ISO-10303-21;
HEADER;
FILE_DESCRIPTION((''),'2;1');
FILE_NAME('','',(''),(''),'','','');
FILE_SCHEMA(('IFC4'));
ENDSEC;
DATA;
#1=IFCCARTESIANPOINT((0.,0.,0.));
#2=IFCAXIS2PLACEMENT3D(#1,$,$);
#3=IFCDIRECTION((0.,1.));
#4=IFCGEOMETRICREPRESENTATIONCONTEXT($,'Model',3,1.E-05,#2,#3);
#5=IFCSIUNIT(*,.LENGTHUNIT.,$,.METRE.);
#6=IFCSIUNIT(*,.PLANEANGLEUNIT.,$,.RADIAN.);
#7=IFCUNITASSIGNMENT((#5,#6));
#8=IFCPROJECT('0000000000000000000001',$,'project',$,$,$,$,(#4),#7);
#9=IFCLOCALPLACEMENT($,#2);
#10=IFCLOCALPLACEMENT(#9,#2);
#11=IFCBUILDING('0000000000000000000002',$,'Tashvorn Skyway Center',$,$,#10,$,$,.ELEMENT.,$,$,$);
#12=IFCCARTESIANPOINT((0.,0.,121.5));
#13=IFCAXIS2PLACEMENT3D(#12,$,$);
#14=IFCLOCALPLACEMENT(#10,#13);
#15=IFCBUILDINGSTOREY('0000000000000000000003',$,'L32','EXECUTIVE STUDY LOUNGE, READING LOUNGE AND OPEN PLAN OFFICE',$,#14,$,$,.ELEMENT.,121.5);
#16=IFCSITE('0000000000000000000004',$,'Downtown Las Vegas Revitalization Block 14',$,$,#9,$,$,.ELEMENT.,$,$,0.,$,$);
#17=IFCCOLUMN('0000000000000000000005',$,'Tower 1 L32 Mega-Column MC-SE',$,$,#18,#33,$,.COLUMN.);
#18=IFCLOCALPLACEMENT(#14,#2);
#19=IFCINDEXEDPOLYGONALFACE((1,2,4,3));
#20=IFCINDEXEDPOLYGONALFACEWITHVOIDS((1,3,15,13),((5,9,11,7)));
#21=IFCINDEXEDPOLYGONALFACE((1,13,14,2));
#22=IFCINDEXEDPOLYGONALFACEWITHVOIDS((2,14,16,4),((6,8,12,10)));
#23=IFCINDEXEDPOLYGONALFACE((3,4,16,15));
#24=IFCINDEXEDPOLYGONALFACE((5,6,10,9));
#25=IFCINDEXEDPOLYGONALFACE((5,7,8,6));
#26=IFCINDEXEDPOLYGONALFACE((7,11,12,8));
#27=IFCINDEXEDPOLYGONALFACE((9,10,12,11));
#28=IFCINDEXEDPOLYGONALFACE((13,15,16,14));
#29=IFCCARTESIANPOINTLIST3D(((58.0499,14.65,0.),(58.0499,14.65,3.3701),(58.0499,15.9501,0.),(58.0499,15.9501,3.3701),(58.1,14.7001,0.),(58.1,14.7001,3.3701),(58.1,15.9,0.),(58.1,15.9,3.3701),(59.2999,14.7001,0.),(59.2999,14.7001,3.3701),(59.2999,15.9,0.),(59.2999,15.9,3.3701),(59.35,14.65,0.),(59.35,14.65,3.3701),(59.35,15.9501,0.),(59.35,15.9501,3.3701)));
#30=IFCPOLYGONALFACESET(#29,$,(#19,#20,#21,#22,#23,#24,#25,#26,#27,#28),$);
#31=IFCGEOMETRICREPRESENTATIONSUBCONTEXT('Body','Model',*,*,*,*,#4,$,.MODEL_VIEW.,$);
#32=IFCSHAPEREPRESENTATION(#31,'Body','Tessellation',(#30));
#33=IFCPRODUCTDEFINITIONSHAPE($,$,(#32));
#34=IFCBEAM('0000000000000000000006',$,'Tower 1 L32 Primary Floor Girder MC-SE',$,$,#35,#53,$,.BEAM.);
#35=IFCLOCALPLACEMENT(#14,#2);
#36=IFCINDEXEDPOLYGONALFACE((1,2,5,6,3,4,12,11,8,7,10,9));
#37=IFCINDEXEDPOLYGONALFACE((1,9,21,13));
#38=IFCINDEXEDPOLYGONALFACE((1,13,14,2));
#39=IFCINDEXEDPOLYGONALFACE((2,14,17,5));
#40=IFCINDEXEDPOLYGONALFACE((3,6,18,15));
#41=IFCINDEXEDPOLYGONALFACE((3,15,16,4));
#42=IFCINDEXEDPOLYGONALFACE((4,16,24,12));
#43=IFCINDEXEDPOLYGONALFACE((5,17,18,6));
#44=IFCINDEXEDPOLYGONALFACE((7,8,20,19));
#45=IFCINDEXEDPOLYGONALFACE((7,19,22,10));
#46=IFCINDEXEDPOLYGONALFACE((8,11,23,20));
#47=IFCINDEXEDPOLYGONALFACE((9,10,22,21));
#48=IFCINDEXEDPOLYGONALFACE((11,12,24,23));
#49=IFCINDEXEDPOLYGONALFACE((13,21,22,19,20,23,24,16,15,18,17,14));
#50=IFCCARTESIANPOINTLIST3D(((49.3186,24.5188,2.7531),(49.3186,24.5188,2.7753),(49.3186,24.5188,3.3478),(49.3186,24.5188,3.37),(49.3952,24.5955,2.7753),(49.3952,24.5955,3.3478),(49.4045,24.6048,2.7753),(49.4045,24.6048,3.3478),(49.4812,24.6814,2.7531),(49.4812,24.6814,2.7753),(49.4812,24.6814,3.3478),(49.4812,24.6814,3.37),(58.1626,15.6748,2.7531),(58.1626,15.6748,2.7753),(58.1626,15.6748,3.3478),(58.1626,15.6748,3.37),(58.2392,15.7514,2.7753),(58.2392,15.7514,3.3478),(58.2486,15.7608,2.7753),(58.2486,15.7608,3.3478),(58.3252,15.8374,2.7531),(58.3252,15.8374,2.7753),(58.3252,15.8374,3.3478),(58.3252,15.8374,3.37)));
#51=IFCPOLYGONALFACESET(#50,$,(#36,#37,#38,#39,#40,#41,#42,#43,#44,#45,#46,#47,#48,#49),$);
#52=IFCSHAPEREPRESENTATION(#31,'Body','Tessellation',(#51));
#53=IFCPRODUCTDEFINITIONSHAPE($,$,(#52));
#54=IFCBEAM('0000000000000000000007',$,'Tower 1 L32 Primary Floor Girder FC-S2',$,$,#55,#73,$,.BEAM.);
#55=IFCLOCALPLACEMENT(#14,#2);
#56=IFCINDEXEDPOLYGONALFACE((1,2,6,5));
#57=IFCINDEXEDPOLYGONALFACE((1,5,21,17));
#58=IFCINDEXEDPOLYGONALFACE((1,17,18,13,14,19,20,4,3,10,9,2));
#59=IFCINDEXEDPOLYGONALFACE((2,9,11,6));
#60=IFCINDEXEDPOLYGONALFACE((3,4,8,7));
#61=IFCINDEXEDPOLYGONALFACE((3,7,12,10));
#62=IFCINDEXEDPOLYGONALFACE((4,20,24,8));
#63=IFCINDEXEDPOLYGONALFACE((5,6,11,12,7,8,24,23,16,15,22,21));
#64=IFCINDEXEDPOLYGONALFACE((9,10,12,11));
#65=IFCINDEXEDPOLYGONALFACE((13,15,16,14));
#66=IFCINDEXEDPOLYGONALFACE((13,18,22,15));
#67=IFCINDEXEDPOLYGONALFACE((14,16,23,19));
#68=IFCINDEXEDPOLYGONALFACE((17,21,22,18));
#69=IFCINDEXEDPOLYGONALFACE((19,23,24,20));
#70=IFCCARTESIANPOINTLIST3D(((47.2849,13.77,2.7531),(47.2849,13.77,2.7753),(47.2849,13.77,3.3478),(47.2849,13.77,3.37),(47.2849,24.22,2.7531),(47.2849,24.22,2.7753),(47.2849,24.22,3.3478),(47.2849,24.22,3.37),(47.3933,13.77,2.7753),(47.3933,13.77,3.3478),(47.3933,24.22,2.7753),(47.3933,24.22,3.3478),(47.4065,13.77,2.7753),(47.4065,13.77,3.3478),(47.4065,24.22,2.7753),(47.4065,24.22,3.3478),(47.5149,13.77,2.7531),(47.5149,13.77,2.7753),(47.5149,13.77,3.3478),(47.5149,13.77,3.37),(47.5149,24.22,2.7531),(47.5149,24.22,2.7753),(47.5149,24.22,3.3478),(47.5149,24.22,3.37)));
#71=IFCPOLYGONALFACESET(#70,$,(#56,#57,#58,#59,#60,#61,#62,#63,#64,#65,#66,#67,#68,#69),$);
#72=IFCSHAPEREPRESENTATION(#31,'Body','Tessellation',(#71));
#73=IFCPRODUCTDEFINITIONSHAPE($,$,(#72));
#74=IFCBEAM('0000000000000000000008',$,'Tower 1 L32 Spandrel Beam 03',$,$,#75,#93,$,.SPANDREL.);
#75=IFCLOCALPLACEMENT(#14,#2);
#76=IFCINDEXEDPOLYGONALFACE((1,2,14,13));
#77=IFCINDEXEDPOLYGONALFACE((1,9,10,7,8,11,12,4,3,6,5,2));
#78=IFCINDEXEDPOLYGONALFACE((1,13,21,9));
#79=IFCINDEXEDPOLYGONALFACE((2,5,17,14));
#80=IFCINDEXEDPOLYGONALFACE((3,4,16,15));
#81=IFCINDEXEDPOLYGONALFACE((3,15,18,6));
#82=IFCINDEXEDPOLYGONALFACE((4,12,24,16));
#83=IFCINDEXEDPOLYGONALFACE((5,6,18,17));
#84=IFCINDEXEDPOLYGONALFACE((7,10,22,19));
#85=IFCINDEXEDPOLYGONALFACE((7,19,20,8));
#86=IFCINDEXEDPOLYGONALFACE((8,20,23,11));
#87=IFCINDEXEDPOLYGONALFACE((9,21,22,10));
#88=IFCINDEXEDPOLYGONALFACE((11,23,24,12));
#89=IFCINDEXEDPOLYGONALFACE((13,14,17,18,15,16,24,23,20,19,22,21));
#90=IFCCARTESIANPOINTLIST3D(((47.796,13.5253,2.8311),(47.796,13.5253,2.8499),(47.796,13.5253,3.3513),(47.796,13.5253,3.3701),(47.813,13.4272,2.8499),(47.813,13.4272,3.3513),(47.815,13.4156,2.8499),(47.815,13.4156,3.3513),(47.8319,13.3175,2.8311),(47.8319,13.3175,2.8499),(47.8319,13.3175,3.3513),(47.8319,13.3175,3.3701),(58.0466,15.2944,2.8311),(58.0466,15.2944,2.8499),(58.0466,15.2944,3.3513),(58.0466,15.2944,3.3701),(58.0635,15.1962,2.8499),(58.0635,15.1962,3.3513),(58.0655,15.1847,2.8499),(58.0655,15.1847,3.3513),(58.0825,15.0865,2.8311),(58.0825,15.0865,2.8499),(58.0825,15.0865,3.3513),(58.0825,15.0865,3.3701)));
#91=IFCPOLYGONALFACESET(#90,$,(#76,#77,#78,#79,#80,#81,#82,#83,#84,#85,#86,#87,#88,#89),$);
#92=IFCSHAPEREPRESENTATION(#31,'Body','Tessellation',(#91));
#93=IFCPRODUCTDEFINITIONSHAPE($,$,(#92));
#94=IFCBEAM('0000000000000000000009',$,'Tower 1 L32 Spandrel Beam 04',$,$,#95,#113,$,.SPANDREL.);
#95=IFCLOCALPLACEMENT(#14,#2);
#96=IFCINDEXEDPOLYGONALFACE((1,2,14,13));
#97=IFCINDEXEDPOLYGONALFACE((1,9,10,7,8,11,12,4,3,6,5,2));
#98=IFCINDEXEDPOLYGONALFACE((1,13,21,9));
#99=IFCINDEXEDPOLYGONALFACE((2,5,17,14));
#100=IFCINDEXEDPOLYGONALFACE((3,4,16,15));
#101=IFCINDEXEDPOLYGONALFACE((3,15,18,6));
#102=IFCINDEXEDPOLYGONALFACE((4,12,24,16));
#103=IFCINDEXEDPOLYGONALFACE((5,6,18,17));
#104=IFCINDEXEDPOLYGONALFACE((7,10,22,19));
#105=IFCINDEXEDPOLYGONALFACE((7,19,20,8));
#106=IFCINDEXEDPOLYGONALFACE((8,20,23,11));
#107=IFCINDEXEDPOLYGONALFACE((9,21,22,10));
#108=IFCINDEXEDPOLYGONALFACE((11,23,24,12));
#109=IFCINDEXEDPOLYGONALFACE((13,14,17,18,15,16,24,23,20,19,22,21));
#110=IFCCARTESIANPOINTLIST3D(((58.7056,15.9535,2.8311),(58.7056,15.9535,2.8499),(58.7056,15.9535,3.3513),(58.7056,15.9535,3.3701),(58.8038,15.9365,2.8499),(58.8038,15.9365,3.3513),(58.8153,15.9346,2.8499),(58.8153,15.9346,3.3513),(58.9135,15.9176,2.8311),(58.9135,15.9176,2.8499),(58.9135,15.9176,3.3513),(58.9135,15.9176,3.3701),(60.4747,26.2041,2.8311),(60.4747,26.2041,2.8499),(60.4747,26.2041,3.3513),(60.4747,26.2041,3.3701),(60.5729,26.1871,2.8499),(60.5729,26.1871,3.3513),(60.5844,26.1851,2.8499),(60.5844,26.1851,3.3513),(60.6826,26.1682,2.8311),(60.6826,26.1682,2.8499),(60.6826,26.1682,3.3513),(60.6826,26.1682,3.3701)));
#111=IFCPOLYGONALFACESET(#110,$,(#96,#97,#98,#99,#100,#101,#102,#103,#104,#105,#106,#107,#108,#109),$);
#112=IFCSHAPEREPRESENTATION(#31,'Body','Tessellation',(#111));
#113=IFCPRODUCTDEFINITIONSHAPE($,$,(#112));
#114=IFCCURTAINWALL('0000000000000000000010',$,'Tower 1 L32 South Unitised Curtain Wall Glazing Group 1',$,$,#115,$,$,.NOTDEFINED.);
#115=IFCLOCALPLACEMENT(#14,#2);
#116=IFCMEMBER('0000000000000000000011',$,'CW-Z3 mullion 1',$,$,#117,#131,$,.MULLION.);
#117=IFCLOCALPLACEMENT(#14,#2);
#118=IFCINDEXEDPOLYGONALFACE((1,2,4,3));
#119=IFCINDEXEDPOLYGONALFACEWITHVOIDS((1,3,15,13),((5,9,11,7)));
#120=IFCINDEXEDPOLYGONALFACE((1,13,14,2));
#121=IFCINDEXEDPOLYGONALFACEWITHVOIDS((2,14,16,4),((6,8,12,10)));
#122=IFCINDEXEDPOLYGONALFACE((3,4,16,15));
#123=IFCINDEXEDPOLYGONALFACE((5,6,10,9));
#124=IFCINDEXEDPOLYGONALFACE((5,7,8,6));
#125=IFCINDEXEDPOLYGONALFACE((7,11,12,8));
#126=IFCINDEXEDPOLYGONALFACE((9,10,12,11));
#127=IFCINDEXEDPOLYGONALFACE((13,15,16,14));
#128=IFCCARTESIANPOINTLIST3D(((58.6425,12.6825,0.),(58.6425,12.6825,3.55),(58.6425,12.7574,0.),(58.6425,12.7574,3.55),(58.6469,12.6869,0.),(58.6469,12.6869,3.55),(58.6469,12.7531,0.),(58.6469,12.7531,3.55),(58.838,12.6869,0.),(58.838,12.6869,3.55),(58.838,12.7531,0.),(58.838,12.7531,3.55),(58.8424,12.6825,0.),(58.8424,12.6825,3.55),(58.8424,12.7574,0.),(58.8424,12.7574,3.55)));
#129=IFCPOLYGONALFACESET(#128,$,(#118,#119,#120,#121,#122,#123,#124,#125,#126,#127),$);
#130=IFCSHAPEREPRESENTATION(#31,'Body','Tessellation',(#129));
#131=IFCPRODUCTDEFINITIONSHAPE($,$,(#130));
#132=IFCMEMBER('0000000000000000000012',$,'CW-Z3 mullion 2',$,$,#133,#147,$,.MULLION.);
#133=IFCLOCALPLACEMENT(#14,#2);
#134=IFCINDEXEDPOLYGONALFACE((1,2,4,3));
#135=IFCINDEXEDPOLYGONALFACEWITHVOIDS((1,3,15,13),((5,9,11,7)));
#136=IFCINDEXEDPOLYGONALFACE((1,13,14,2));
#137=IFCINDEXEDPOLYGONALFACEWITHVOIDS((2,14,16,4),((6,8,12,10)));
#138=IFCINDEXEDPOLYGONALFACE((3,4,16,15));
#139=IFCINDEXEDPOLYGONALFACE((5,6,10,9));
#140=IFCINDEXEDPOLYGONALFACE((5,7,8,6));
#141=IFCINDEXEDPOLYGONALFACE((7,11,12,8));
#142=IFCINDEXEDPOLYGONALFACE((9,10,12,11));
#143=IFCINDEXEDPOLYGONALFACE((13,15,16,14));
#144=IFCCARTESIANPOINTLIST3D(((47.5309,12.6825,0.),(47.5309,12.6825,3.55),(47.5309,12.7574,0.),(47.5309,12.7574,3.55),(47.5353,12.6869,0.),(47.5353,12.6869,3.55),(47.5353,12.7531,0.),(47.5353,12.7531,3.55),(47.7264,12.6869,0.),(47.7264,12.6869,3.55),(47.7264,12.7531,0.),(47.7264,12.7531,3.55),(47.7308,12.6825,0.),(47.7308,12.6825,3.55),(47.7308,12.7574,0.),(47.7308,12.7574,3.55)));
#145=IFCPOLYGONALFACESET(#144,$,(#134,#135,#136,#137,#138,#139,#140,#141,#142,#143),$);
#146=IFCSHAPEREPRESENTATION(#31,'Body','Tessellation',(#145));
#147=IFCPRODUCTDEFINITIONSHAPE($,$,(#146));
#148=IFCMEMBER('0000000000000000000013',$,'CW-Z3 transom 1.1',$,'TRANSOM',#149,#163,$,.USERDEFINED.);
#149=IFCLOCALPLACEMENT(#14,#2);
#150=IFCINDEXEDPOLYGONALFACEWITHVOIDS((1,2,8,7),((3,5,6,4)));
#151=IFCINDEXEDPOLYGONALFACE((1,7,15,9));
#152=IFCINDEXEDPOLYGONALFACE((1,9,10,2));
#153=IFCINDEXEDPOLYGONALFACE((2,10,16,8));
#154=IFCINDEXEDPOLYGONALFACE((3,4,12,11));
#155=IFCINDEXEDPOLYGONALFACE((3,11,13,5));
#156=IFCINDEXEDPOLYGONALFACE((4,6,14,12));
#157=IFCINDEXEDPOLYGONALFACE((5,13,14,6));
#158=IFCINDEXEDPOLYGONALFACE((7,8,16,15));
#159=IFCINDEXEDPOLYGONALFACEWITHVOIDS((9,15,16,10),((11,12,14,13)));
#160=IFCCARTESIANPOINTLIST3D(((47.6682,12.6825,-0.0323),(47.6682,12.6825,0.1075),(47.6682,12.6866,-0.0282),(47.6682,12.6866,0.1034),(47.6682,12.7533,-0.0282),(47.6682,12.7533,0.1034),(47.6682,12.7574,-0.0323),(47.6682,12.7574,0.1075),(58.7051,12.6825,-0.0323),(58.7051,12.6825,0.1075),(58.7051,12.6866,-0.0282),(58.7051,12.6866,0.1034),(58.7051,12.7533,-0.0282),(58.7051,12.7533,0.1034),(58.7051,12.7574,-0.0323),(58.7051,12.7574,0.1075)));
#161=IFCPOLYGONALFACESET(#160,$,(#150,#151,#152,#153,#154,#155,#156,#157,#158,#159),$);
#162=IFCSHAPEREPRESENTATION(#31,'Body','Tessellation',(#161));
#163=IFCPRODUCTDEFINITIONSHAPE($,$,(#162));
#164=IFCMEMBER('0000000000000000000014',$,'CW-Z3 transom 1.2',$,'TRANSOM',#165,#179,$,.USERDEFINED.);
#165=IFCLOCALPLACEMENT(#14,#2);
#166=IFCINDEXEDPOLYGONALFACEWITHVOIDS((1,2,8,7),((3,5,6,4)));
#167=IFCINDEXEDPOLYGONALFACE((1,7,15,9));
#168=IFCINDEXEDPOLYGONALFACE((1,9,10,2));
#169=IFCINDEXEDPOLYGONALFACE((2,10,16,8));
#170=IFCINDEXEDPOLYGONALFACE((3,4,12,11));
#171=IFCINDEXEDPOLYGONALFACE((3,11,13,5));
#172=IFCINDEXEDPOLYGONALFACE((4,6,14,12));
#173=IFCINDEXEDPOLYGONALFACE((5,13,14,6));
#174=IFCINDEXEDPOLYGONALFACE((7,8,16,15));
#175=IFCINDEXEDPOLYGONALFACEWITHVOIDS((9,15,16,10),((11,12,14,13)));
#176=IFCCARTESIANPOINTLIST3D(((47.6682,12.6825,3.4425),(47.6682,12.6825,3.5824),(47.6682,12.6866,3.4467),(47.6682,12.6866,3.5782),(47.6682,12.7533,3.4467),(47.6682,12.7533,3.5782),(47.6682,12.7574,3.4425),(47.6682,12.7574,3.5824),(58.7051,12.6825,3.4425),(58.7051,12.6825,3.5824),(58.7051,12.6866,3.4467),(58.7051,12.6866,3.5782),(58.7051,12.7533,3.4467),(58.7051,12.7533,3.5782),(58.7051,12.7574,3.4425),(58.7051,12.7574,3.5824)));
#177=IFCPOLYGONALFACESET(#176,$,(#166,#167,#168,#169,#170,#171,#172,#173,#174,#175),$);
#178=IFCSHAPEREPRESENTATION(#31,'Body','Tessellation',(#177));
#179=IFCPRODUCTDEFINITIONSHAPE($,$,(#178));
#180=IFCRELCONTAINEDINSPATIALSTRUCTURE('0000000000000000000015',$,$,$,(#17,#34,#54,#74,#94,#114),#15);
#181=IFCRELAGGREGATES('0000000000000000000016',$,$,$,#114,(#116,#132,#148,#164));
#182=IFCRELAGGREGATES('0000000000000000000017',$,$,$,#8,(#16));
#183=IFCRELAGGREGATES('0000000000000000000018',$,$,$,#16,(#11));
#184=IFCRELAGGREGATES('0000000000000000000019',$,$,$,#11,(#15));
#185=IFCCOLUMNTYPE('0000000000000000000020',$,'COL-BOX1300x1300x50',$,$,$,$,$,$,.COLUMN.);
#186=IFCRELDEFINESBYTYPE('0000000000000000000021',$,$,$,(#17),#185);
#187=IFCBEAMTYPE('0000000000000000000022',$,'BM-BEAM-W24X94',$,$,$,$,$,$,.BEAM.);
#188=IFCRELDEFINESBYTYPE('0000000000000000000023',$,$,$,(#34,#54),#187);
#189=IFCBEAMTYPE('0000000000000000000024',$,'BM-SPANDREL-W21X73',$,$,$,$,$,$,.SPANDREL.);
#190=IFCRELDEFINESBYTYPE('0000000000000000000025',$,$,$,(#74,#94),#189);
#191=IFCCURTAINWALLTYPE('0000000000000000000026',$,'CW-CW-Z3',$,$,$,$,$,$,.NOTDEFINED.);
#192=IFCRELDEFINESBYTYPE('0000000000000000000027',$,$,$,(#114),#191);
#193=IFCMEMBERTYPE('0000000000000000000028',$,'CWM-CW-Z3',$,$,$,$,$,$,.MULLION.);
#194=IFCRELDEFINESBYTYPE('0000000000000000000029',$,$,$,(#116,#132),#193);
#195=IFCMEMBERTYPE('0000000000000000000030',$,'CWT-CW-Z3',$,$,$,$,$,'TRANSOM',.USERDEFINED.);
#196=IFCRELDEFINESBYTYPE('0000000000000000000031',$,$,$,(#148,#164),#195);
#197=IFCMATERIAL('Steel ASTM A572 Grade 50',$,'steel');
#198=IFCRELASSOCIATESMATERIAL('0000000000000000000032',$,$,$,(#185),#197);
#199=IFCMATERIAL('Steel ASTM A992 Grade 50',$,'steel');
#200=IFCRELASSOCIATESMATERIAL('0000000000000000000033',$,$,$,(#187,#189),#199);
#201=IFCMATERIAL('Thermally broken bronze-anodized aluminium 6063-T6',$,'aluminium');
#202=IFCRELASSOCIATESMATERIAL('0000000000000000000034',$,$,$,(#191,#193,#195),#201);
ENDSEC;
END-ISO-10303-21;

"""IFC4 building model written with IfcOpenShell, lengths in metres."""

from ifc_helpers import new_model, si_unit, direction, frame, origin, origin_2d, place, context, subcontext, project, spatial, hollow_rectangle, i_section, extrude, material, material_profile, profile_set, type_object, element, aggregate, save


model = new_model("IFC4")

# Units and contexts
model_context = context("Model", 3, precision=1e-05, world=origin(), true_north=direction((0.0, 1.0)))
body_context = subcontext(model_context, "Body", "Model", "MODEL_VIEW")
ifc_project = project(units=[si_unit("LENGTHUNIT", "METRE"), si_unit("PLANEANGLEUNIT", "RADIAN")], contexts=[model_context])

# Site, building, storey
site_placement = place(None, origin())
site = spatial("IfcSite", under=ifc_project, at=site_placement, Name="Downtown Las Vegas Revitalization Block 14", CompositionType="ELEMENT", RefElevation=0.0)
building_placement = place(site_placement, origin())
building = spatial("IfcBuilding", under=site, at=building_placement, Name="Tashvorn Skyway Center", CompositionType="ELEMENT")
storey_placement = place(building_placement, frame((0.0, 0.0, 121.5)))
storey = spatial("IfcBuildingStorey", under=building, at=storey_placement, Name="L32", Description="EXECUTIVE STUDY LOUNGE, READING LOUNGE AND OPEN PLAN OFFICE", CompositionType="ELEMENT", Elevation=121.5)

# Column
ifc_material_1 = material(Name="Steel ASTM A572 Grade 50", Category="steel")
ifc_material_profile_1 = material_profile(ifc_material_1, hollow_rectangle(XDim=1.3, YDim=1.3, WallThickness=0.05, at=origin_2d()), Name="BOX1300x1300x50")
ifc_profile_set_1 = profile_set([ifc_material_profile_1], Name="Steel ASTM A572 Grade 50")
column_type = type_object("IfcColumnType", Name="COL-BOX1300x1300x50", PredefinedType="COLUMN", material=ifc_profile_set_1)
column_placement = place(storey_placement, frame((58.7, 15.3, 0.0), z_axis=(0.0, 0.0, 1.0), x_axis=(1.0, 0.0, 0.0)))
element("IfcColumn", 1, at=column_placement, inside=storey, type_object=column_type, Name="Tower 1 L32 Mega-Column MC-SE", PredefinedType="COLUMN", context=body_context, shape_type="SweptSolid", body=[
    extrude(hollow_rectangle(XDim=1.3, YDim=1.3, WallThickness=0.05, at=origin_2d()), origin(), (0.0, 0.0, 1.0), 3.3701),
])

# Beams
ifc_material_2 = material(Name="Steel ASTM A992 Grade 50", Category="steel")
ifc_material_profile_2 = material_profile(ifc_material_2, i_section(OverallWidth=0.23, OverallDepth=0.6169, WebThickness=0.0132, FlangeThickness=0.0222, at=origin_2d()), Name="W24X94")
ifc_profile_set_2 = profile_set([ifc_material_profile_2], Name="Steel ASTM A992 Grade 50")
beam_type_1 = type_object("IfcBeamType", Name="BM-BEAM-W24X94", PredefinedType="BEAM", material=ifc_profile_set_2)
beam_1_placement = place(storey_placement, frame((58.2439, 15.7561, 3.0615), z_axis=(-0.707107, 0.707107, 0.0), x_axis=(-0.707107, -0.707107, 0.0)))
element("IfcBeam", 2, at=beam_1_placement, inside=storey, type_object=beam_type_1, Name="Tower 1 L32 Primary Floor Girder MC-SE", PredefinedType="BEAM", context=body_context, shape_type="SweptSolid", body=[
    extrude(i_section(OverallWidth=0.23, OverallDepth=0.6169, WebThickness=0.0132, FlangeThickness=0.0222, at=origin_2d()), origin(), (0.0, 0.0, 1.0), 12.5073),
])
beam_2_placement = place(storey_placement, frame((47.3999, 13.77, 3.0615), z_axis=(0.0, 1.0, 0.0), x_axis=(-1.0, 0.0, 0.0)))
element("IfcBeam", 3, at=beam_2_placement, inside=storey, type_object=beam_type_1, Name="Tower 1 L32 Primary Floor Girder FC-S2", PredefinedType="BEAM", context=body_context, shape_type="SweptSolid", body=[
    extrude(i_section(OverallWidth=0.23, OverallDepth=0.6169, WebThickness=0.0132, FlangeThickness=0.0222, at=origin_2d()), origin(), (0.0, 0.0, 1.0), 10.45),
])
ifc_material_profile_3 = material_profile(ifc_material_2, i_section(OverallWidth=0.2109, OverallDepth=0.5391, WebThickness=0.0117, FlangeThickness=0.0188, at=origin_2d()), Name="W21X73")
ifc_profile_set_3 = profile_set([ifc_material_profile_3], Name="Steel ASTM A992 Grade 50")
beam_type_2 = type_object("IfcBeamType", Name="BM-SPANDREL-W21X73", PredefinedType="SPANDREL", material=ifc_profile_set_3)
for number, where, z_axis, x_axis, name in (
    (4, (47.814, 13.4214, 3.1006), (0.985432, 0.170067, 0.0), (-0.170067, 0.985432, 0.0), "Tower 1 L32 Spandrel Beam 03"),
    (5, (58.8096, 15.9355, 3.1006), (0.170067, 0.985432, 0.0), (-0.985432, 0.170067, 0.0), "Tower 1 L32 Spandrel Beam 04"),
):
    element("IfcBeam", number, at=place(storey_placement, frame(where, z_axis=z_axis, x_axis=x_axis)), inside=storey, type_object=beam_type_2, Name=name, PredefinedType="SPANDREL", context=body_context, shape_type="SweptSolid", body=[
        extrude(i_section(OverallWidth=0.2109, OverallDepth=0.5391, WebThickness=0.0117, FlangeThickness=0.0188, at=origin_2d()), origin(), (0.0, 0.0, 1.0), 10.4021),
    ])

# Curtain wall, members
ifc_material_3 = material(Name="Thermally broken bronze-anodized aluminium 6063-T6", Category="aluminium")
curtain_wall_type = type_object("IfcCurtainWallType", Name="CW-CW-Z3", PredefinedType="NOTDEFINED", material=ifc_material_3)
curtain_wall_placement = place(storey_placement, origin())
curtain_wall = element("IfcCurtainWall", 6, at=curtain_wall_placement, inside=storey, type_object=curtain_wall_type, Name="Tower 1 L32 South Unitised Curtain Wall Glazing Group 1", PredefinedType="NOTDEFINED")
ifc_material_profile_4 = material_profile(ifc_material_3, hollow_rectangle(XDim=0.075, YDim=0.2, WallThickness=0.0044, at=origin_2d()), Name="ALU-MULL-75x200")
ifc_profile_set_4 = profile_set([ifc_material_profile_4], Name="Thermally broken bronze-anodized aluminium 6063-T6")
member_type_1 = type_object("IfcMemberType", Name="CWM-CW-Z3", PredefinedType="MULLION", material=ifc_profile_set_4)
member_1_placement = place(storey_placement, frame((58.7424, 12.72, 0.0), z_axis=(0.0, 0.0, 1.0), x_axis=(0.0, -1.0, 0.0)))
member_1 = element("IfcMember", 7, at=member_1_placement, type_object=member_type_1, Name="CW-Z3 mullion 1", PredefinedType="MULLION", context=body_context, shape_type="SweptSolid", body=[
    extrude(hollow_rectangle(XDim=0.075, YDim=0.2, WallThickness=0.0044, at=origin_2d()), origin(), (0.0, 0.0, 1.0), 3.55),
])
member_2_placement = place(storey_placement, frame((47.6309, 12.72, 0.0), z_axis=(0.0, 0.0, 1.0), x_axis=(0.0, -1.0, 0.0)))
member_2 = element("IfcMember", 8, at=member_2_placement, type_object=member_type_1, Name="CW-Z3 mullion 2", PredefinedType="MULLION", context=body_context, shape_type="SweptSolid", body=[
    extrude(hollow_rectangle(XDim=0.075, YDim=0.2, WallThickness=0.0044, at=origin_2d()), origin(), (0.0, 0.0, 1.0), 3.55),
])
ifc_material_profile_5 = material_profile(ifc_material_3, hollow_rectangle(XDim=0.075, YDim=0.1399, WallThickness=0.0042, at=origin_2d()), Name="ALU-TRAN-75x140")
ifc_profile_set_5 = profile_set([ifc_material_profile_5], Name="Thermally broken bronze-anodized aluminium 6063-T6")
member_type_2 = type_object("IfcMemberType", Name="CWT-CW-Z3", ElementType="TRANSOM", PredefinedType="USERDEFINED", material=ifc_profile_set_5)
member_3_placement = place(storey_placement, frame((58.7051, 12.72, 0.0376), z_axis=(-1.0, 0.0, 0.0), x_axis=(0.0, -1.0, 0.0)))
member_3 = element("IfcMember", 9, at=member_3_placement, type_object=member_type_2, Name="CW-Z3 transom 1.1", ObjectType="TRANSOM", PredefinedType="USERDEFINED", context=body_context, shape_type="SweptSolid", body=[
    extrude(hollow_rectangle(XDim=0.075, YDim=0.1399, WallThickness=0.0042, at=origin_2d()), origin(), (0.0, 0.0, 1.0), 11.0369),
])
member_4_placement = place(storey_placement, frame((58.7051, 12.72, 3.5125), z_axis=(-1.0, 0.0, 0.0), x_axis=(0.0, -1.0, 0.0)))
member_4 = element("IfcMember", 10, at=member_4_placement, type_object=member_type_2, Name="CW-Z3 transom 1.2", ObjectType="TRANSOM", PredefinedType="USERDEFINED", context=body_context, shape_type="SweptSolid", body=[
    extrude(hollow_rectangle(XDim=0.075, YDim=0.1399, WallThickness=0.0042, at=origin_2d()), origin(), (0.0, 0.0, 1.0), 11.0369),
])
aggregate(curtain_wall, [member_1, member_2, member_3, member_4])

save(model, "model.ifc")
